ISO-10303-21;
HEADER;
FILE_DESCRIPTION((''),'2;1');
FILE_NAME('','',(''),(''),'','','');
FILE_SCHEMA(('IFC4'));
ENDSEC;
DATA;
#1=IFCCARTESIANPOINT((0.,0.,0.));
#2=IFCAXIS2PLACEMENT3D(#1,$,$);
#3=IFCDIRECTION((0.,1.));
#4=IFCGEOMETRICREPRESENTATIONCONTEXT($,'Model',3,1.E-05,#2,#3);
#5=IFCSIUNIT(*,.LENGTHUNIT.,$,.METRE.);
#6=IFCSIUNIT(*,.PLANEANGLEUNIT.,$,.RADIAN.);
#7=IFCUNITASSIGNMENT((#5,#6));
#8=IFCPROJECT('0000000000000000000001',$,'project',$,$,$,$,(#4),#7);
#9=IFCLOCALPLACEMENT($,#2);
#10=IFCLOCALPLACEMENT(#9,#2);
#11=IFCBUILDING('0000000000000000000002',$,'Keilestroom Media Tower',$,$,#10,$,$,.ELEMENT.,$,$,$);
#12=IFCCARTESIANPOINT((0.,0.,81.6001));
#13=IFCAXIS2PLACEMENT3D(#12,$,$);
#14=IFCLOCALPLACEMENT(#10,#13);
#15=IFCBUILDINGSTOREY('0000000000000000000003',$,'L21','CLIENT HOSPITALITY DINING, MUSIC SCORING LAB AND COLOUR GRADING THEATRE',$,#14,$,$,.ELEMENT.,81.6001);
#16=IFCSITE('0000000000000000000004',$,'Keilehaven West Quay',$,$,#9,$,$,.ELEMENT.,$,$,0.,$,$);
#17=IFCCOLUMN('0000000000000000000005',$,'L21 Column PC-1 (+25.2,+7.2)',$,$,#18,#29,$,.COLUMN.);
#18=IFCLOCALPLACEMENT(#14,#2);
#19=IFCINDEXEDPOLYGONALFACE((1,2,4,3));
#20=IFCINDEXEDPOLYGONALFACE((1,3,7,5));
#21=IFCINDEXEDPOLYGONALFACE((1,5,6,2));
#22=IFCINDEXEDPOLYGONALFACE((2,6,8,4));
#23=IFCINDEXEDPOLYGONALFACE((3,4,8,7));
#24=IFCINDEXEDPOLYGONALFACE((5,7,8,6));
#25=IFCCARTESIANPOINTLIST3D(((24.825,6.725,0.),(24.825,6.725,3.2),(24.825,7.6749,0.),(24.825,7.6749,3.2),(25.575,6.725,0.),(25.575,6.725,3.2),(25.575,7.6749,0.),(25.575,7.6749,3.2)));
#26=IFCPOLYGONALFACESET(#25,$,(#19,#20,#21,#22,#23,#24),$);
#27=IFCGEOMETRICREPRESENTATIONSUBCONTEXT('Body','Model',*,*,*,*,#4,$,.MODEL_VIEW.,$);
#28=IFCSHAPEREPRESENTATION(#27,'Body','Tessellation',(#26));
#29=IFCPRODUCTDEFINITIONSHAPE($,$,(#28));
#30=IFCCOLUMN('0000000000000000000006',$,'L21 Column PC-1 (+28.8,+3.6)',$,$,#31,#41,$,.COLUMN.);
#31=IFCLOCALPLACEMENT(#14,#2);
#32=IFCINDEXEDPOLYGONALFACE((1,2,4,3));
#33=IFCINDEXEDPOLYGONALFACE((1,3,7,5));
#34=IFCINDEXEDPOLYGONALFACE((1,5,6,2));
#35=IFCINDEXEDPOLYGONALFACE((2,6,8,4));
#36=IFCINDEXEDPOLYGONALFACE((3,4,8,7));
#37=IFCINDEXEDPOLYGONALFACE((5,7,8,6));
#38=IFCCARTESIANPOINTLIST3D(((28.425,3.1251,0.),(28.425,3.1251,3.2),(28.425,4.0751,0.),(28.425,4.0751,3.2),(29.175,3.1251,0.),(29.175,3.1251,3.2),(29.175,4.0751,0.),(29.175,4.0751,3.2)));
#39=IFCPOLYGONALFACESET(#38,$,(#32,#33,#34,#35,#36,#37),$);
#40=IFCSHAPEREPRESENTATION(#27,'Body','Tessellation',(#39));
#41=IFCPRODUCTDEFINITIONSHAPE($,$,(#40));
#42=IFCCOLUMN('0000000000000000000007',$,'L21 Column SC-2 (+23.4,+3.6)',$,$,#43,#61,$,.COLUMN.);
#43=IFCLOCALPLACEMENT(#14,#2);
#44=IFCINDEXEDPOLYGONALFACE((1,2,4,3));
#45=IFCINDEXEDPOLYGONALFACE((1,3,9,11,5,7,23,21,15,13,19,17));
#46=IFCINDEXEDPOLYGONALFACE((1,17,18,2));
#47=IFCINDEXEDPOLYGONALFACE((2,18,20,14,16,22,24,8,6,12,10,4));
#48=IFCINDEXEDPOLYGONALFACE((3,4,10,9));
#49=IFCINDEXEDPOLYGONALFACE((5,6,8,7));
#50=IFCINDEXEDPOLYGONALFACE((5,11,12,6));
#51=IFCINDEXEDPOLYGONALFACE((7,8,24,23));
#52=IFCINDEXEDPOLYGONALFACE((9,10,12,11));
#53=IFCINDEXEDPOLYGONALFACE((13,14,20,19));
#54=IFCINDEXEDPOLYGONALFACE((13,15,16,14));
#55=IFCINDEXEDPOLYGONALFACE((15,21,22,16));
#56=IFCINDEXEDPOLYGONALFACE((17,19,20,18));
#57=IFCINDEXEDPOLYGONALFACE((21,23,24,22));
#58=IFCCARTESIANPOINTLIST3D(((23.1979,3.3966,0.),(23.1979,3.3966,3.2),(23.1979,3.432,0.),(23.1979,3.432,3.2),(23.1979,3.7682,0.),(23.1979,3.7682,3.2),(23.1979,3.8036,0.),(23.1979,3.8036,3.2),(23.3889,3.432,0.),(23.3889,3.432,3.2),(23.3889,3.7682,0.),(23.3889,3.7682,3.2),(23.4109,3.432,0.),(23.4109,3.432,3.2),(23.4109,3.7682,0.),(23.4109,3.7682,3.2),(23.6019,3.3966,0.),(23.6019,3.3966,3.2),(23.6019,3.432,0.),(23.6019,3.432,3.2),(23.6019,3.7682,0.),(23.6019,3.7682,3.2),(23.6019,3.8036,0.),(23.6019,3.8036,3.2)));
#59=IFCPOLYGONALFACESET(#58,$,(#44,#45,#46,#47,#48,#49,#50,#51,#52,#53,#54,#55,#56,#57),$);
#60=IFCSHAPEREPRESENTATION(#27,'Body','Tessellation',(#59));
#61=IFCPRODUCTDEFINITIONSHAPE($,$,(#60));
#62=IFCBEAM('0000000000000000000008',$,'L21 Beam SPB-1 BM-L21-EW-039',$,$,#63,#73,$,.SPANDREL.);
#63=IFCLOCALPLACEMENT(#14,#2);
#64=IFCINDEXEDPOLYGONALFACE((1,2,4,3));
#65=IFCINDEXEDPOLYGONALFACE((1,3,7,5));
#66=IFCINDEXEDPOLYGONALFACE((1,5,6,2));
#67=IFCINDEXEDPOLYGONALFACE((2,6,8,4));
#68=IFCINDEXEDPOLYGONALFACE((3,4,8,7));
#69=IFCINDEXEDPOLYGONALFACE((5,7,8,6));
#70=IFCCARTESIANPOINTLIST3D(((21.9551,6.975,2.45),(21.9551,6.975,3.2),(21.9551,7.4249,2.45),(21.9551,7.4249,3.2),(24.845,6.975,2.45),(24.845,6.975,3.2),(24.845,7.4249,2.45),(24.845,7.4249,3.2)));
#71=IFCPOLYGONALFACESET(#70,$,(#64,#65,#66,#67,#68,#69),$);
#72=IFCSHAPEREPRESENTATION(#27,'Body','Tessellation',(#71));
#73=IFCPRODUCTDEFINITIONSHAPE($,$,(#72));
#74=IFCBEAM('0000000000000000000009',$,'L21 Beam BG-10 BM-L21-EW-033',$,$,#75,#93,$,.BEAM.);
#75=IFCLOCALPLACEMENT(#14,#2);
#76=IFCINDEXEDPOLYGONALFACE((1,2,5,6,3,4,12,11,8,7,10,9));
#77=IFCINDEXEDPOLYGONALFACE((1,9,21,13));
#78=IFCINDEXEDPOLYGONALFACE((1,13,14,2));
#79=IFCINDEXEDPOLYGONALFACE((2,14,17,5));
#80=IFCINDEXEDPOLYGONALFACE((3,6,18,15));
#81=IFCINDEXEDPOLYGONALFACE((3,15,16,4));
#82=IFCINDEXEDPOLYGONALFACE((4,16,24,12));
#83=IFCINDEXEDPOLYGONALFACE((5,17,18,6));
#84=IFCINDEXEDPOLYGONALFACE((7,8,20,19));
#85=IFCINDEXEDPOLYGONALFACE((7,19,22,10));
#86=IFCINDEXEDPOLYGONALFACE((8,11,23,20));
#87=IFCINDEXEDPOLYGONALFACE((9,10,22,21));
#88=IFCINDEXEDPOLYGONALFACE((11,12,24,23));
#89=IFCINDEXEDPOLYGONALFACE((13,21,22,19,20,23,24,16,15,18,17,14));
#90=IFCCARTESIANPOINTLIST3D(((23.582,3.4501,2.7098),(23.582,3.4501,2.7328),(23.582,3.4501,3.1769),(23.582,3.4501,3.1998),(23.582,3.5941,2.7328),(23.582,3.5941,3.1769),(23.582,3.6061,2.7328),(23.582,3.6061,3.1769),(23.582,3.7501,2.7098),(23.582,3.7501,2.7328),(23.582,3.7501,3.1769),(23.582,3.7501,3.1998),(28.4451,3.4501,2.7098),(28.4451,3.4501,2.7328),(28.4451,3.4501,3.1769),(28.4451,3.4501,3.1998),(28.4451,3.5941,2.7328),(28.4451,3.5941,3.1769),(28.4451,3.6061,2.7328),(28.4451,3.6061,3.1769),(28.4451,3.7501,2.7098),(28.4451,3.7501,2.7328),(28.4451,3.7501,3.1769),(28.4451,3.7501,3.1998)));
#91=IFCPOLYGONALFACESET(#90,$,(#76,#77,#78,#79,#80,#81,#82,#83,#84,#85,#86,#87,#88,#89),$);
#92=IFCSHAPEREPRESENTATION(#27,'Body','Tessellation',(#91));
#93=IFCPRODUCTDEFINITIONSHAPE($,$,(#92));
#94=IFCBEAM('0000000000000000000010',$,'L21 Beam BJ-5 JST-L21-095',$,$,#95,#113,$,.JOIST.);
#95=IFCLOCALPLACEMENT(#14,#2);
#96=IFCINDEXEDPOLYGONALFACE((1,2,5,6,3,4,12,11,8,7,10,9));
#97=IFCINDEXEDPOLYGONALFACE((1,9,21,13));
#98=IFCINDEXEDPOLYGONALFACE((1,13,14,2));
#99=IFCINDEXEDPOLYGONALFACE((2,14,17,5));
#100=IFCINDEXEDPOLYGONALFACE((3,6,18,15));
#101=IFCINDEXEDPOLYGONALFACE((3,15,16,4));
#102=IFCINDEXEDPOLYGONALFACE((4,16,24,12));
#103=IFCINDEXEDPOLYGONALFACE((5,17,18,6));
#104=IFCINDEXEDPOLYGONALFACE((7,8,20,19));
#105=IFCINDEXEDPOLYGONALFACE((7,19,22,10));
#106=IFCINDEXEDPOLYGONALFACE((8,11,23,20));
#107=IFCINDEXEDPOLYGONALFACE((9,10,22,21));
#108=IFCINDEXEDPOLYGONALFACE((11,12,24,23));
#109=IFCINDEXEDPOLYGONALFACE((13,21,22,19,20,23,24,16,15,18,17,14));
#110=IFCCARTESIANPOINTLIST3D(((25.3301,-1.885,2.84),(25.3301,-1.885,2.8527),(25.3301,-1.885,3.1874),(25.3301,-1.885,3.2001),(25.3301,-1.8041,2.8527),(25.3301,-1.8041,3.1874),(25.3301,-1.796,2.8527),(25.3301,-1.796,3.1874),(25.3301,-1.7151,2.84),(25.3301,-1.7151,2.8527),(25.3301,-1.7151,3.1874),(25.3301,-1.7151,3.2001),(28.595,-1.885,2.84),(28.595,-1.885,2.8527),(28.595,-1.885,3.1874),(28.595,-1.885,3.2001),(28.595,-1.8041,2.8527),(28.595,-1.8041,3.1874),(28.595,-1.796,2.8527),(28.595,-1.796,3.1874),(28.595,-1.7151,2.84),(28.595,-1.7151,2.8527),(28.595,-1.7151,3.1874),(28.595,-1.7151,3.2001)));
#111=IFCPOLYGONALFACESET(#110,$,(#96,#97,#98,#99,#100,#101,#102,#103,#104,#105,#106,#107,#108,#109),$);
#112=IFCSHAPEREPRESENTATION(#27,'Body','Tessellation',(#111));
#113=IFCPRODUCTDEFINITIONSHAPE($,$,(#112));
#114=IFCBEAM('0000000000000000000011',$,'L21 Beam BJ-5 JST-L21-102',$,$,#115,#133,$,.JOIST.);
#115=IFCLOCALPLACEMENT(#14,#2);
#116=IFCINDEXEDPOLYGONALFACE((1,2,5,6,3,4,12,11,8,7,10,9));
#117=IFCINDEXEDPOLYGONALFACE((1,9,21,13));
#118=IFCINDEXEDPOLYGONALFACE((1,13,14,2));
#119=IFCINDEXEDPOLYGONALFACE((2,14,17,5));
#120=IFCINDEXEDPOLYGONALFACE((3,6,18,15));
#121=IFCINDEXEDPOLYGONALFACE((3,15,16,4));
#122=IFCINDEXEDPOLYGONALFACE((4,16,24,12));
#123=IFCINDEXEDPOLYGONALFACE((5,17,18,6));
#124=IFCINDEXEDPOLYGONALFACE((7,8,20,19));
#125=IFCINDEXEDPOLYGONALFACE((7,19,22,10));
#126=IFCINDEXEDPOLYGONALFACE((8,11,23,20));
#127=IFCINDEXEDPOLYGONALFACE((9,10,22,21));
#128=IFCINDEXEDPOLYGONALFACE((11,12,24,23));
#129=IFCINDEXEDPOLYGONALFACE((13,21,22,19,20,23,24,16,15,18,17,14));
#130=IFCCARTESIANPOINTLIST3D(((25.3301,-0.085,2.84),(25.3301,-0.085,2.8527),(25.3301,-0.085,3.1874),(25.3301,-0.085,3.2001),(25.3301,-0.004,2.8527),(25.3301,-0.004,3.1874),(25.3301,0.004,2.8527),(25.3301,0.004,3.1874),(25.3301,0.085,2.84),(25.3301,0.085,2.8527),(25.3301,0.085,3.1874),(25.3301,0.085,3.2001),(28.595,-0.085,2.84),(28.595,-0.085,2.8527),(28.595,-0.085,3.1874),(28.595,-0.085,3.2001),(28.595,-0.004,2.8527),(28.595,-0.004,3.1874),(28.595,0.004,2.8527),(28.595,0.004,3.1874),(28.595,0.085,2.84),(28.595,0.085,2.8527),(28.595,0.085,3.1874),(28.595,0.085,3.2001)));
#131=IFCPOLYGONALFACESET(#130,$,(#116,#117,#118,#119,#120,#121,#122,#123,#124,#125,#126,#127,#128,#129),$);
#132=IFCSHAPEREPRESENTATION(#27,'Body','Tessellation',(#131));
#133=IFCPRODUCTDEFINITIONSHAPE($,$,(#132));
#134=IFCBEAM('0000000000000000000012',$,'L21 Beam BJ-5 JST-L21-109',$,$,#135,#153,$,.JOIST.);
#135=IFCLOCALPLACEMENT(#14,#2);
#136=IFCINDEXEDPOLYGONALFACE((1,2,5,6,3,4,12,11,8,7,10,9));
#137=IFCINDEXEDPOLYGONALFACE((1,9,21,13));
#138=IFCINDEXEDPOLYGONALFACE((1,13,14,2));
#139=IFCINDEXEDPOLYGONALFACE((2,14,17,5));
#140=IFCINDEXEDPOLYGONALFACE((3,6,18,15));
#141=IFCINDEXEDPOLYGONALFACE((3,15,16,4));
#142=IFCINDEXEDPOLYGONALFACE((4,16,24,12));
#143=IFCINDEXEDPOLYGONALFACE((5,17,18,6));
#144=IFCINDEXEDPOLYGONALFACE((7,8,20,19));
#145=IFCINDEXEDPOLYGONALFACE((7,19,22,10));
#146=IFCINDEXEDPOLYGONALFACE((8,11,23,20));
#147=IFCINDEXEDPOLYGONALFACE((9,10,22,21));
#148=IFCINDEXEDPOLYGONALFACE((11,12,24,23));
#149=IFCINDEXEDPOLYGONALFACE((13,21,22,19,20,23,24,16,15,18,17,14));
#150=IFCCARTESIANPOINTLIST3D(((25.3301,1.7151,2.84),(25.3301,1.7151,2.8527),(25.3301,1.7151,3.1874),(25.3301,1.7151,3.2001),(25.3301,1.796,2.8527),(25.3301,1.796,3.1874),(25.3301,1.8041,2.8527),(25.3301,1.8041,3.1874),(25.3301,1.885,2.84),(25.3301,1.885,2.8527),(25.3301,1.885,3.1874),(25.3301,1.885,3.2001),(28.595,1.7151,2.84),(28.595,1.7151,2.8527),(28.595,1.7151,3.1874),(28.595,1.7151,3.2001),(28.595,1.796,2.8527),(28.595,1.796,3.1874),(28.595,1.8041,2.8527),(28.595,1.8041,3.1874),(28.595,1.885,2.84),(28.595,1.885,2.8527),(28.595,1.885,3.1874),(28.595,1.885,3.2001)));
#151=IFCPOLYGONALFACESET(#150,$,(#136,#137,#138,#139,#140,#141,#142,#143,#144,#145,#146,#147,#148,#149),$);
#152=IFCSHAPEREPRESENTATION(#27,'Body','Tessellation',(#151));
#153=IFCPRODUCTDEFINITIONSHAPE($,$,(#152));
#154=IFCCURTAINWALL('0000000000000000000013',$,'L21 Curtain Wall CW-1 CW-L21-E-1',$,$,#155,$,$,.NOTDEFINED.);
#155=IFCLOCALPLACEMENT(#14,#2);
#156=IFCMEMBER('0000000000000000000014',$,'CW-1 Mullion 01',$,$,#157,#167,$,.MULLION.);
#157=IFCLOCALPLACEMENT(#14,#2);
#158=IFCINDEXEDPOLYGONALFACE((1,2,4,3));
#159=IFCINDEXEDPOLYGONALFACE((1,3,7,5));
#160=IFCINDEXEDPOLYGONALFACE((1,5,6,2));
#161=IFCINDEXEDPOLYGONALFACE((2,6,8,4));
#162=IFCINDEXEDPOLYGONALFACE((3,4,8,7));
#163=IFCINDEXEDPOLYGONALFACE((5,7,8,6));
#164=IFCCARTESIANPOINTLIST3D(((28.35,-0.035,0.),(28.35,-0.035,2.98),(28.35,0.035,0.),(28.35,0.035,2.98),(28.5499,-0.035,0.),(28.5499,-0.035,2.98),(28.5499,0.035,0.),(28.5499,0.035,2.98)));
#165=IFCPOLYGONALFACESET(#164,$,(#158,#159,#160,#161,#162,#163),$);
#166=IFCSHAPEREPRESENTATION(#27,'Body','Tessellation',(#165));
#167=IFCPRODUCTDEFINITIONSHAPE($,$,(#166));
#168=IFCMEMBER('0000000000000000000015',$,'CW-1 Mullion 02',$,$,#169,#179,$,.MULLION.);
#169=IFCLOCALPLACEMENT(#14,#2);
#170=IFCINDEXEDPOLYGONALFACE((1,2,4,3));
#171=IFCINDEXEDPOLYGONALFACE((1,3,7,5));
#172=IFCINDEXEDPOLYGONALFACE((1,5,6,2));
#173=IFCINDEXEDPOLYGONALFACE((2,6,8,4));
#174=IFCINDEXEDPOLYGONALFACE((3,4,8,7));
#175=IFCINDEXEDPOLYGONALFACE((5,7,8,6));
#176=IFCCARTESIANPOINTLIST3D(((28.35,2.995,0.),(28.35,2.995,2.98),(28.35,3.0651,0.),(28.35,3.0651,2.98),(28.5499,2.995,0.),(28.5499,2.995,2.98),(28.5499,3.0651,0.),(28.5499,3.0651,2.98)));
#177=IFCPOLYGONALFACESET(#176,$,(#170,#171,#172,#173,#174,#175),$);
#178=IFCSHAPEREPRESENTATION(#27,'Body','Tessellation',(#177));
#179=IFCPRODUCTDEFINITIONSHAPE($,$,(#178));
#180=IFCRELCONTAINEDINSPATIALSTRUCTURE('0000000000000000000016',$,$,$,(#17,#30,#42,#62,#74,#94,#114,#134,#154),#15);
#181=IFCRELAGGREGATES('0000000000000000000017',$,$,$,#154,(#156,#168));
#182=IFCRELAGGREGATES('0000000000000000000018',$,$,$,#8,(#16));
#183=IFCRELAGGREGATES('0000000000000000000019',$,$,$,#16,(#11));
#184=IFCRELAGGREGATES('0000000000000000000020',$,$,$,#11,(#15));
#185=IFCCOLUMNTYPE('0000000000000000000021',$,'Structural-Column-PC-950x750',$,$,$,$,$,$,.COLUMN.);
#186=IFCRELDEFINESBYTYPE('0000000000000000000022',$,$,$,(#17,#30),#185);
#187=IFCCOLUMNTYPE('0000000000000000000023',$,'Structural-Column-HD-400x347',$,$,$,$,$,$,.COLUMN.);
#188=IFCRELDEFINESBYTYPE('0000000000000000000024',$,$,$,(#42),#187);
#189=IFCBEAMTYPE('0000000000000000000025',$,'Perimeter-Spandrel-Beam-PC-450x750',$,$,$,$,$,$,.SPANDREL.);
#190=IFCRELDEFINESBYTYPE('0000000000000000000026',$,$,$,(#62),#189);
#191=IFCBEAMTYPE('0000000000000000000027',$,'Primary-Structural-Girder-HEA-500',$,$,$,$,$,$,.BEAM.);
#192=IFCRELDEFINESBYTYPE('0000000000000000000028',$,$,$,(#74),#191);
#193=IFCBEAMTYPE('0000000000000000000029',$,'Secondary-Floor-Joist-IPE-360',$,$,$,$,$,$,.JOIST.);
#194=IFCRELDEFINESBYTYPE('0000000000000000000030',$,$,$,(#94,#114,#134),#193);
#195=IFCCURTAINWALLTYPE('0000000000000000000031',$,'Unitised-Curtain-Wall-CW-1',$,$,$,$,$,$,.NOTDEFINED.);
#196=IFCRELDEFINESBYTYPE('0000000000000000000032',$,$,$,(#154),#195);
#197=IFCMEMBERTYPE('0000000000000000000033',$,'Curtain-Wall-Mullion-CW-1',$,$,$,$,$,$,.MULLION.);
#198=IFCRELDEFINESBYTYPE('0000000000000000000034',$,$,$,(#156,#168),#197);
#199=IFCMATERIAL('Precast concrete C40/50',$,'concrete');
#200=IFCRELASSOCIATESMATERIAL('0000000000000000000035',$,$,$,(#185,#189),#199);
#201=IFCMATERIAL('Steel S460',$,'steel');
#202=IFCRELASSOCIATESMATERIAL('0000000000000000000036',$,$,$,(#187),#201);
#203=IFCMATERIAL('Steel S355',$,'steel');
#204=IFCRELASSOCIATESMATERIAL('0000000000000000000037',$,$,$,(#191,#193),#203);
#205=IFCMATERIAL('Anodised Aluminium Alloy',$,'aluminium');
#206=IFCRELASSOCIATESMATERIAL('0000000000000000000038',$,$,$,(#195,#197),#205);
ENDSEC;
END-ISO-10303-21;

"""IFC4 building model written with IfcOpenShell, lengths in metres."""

from ifc_helpers import new_model, si_unit, direction, frame, origin, origin_2d, place, context, subcontext, project, spatial, rectangle, i_section, extrude, source, transform, mapped, material, material_profile, profile_set, type_object, element, aggregate, save


model = new_model("IFC4")

# Units and contexts
model_context = context("Model", 3, precision=1e-05, world=origin(), true_north=direction((0.0, 1.0)))
body_context = subcontext(model_context, "Body", "Model", "MODEL_VIEW")
ifc_project = project(units=[si_unit("LENGTHUNIT", "METRE"), si_unit("PLANEANGLEUNIT", "RADIAN")], contexts=[model_context])

# Site, building, storey
site_placement = place(None, origin())
site = spatial("IfcSite", under=ifc_project, at=site_placement, Name="Keilehaven West Quay", CompositionType="ELEMENT", RefElevation=0.0)
building_placement = place(site_placement, origin())
building = spatial("IfcBuilding", under=site, at=building_placement, Name="Keilestroom Media Tower", CompositionType="ELEMENT")
storey_placement = place(building_placement, frame((0.0, 0.0, 81.6001)))
storey = spatial("IfcBuildingStorey", under=building, at=storey_placement, Name="L21", Description="CLIENT HOSPITALITY DINING, MUSIC SCORING LAB AND COLOUR GRADING THEATRE", CompositionType="ELEMENT", Elevation=81.6001)

# Columns
ifc_material_1 = material(Name="Precast concrete C40/50", Category="concrete")
ifc_material_profile_1 = material_profile(ifc_material_1, rectangle(XDim=0.75, YDim=0.95, at=origin_2d()), Name="PC 950x750")
ifc_profile_set_1 = profile_set([ifc_material_profile_1], Name="Precast concrete C40/50")
column_type_1 = type_object("IfcColumnType", Name="Structural-Column-PC-950x750", PredefinedType="COLUMN", material=ifc_profile_set_1)
shared_shape_1 = source(origin(), body_context, "Body", "SweptSolid", [
    extrude(rectangle(XDim=0.75, YDim=0.95, at=origin_2d()), origin(), (0.0, 0.0, 1.0), 3.2),
])
for number, where, z_axis, x_axis, name in (
    (1, (25.2, 7.2, 0.0), (0.0, 0.0, 1.0), (1.0, 0.0, 0.0), "L21 Column PC-1 (+25.2,+7.2)"),
    (2, (28.8, 3.6001, 0.0), (0.0, 0.0, 1.0), (1.0, 0.0, 0.0), "L21 Column PC-1 (+28.8,+3.6)"),
):
    element("IfcColumn", number, at=place(storey_placement, frame(where, z_axis=z_axis, x_axis=x_axis)), inside=storey, type_object=column_type_1, Name=name, PredefinedType="COLUMN", context=body_context, shape_type="MappedRepresentation", body=[
        mapped(shared_shape_1, transform((0.0, 0.0, 0.0), x_axis=(1.0, 0.0, 0.0), y_axis=(0.0, 1.0, 0.0), z_axis=(0.0, 0.0, 1.0), scale=1.0)),
    ])
ifc_material_2 = material(Name="Steel S460", Category="steel")
ifc_material_profile_2 = material_profile(ifc_material_2, i_section(OverallWidth=0.4041, OverallDepth=0.407, WebThickness=0.022, FlangeThickness=0.0354, at=origin_2d()), Name="HD 400x347")
ifc_profile_set_2 = profile_set([ifc_material_profile_2], Name="Steel S460")
column_type_2 = type_object("IfcColumnType", Name="Structural-Column-HD-400x347", PredefinedType="COLUMN", material=ifc_profile_set_2)
shared_shape_2 = source(origin(), body_context, "Body", "SweptSolid", [
    extrude(i_section(OverallWidth=0.4041, OverallDepth=0.407, WebThickness=0.022, FlangeThickness=0.0354, at=origin_2d()), origin(), (0.0, 0.0, 1.0), 3.2),
])
column_placement = place(storey_placement, frame((23.3999, 3.6001, 0.0), z_axis=(0.0, 0.0, 1.0), x_axis=(1.0, 0.0, 0.0)))
element("IfcColumn", 3, at=column_placement, inside=storey, type_object=column_type_2, Name="L21 Column SC-2 (+23.4,+3.6)", PredefinedType="COLUMN", context=body_context, shape_type="MappedRepresentation", body=[
    mapped(shared_shape_2, transform((0.0, 0.0, 0.0), x_axis=(1.0, 0.0, 0.0), y_axis=(0.0, 1.0, 0.0), z_axis=(0.0, 0.0, 1.0), scale=1.0)),
])

# Beams
ifc_material_profile_3 = material_profile(ifc_material_1, rectangle(XDim=0.45, YDim=0.75, at=origin_2d()), Name="PC 450x750")
ifc_profile_set_3 = profile_set([ifc_material_profile_3], Name="Precast concrete C40/50")
beam_type_1 = type_object("IfcBeamType", Name="Perimeter-Spandrel-Beam-PC-450x750", PredefinedType="SPANDREL", material=ifc_profile_set_3)
shared_shape_3 = source(origin(), body_context, "Body", "SweptSolid", [
    extrude(rectangle(XDim=0.45, YDim=0.75, at=origin_2d()), origin(), (0.0, 0.0, 1.0), 2.8899),
])
beam_1_placement = place(storey_placement, frame((21.9551, 7.2, 2.825), z_axis=(1.0, 0.0, 0.0), x_axis=(0.0, 1.0, 0.0)))
element("IfcBeam", 4, at=beam_1_placement, inside=storey, type_object=beam_type_1, Name="L21 Beam SPB-1 BM-L21-EW-039", PredefinedType="SPANDREL", context=body_context, shape_type="MappedRepresentation", body=[
    mapped(shared_shape_3, transform((0.0, 0.0, 0.0), x_axis=(1.0, 0.0, 0.0), y_axis=(0.0, 1.0, 0.0), z_axis=(0.0, 0.0, 1.0), scale=1.0)),
])
ifc_material_3 = material(Name="Steel S355", Category="steel")
ifc_material_profile_4 = material_profile(ifc_material_3, i_section(OverallWidth=0.3, OverallDepth=0.49, WebThickness=0.012, FlangeThickness=0.0229, at=origin_2d()), Name="HEA 500")
ifc_profile_set_4 = profile_set([ifc_material_profile_4], Name="Steel S355")
beam_type_2 = type_object("IfcBeamType", Name="Primary-Structural-Girder-HEA-500", PredefinedType="BEAM", material=ifc_profile_set_4)
shared_shape_4 = source(origin(), body_context, "Body", "SweptSolid", [
    extrude(i_section(OverallWidth=0.3, OverallDepth=0.49, WebThickness=0.012, FlangeThickness=0.0229, at=origin_2d()), origin(), (0.0, 0.0, 1.0), 4.863),
])
beam_2_placement = place(storey_placement, frame((23.582, 3.6001, 2.9548), z_axis=(1.0, 0.0, 0.0), x_axis=(0.0, 1.0, 0.0)))
element("IfcBeam", 5, at=beam_2_placement, inside=storey, type_object=beam_type_2, Name="L21 Beam BG-10 BM-L21-EW-033", PredefinedType="BEAM", context=body_context, shape_type="MappedRepresentation", body=[
    mapped(shared_shape_4, transform((0.0, 0.0, 0.0), x_axis=(1.0, 0.0, 0.0), y_axis=(0.0, 1.0, 0.0), z_axis=(0.0, 0.0, 1.0), scale=1.0)),
])
ifc_material_profile_5 = material_profile(ifc_material_3, i_section(OverallWidth=0.1699, OverallDepth=0.3601, WebThickness=0.0081, FlangeThickness=0.0127, at=origin_2d()), Name="IPE 360")
ifc_profile_set_5 = profile_set([ifc_material_profile_5], Name="Steel S355")
beam_type_3 = type_object("IfcBeamType", Name="Secondary-Floor-Joist-IPE-360", PredefinedType="JOIST", material=ifc_profile_set_5)
shared_shape_5 = source(origin(), body_context, "Body", "SweptSolid", [
    extrude(i_section(OverallWidth=0.1699, OverallDepth=0.3601, WebThickness=0.0081, FlangeThickness=0.0127, at=origin_2d()), origin(), (0.0, 0.0, 1.0), 3.2649),
])
for number, where, z_axis, x_axis, name in (
    (6, (25.3301, -1.8, 3.02), (1.0, 0.0, 0.0), (0.0, 1.0, 0.0), "L21 Beam BJ-5 JST-L21-095"),
    (7, (25.3301, 0.0, 3.02), (1.0, 0.0, 0.0), (0.0, 1.0, 0.0), "L21 Beam BJ-5 JST-L21-102"),
    (8, (25.3301, 1.8, 3.02), (1.0, 0.0, 0.0), (0.0, 1.0, 0.0), "L21 Beam BJ-5 JST-L21-109"),
):
    element("IfcBeam", number, at=place(storey_placement, frame(where, z_axis=z_axis, x_axis=x_axis)), inside=storey, type_object=beam_type_3, Name=name, PredefinedType="JOIST", context=body_context, shape_type="MappedRepresentation", body=[
        mapped(shared_shape_5, transform((0.0, 0.0, 0.0), x_axis=(1.0, 0.0, 0.0), y_axis=(0.0, 1.0, 0.0), z_axis=(0.0, 0.0, 1.0), scale=1.0)),
    ])

# Curtain wall, members
ifc_material_4 = material(Name="Anodised Aluminium Alloy", Category="aluminium")
curtain_wall_type = type_object("IfcCurtainWallType", Name="Unitised-Curtain-Wall-CW-1", PredefinedType="NOTDEFINED", material=ifc_material_4)
curtain_wall_1_placement = place(storey_placement, origin())
curtain_wall_1 = element("IfcCurtainWall", 9, at=curtain_wall_1_placement, inside=storey, type_object=curtain_wall_type, Name="L21 Curtain Wall CW-1 CW-L21-E-1", PredefinedType="NOTDEFINED")
ifc_material_profile_6 = material_profile(ifc_material_4, rectangle(XDim=0.0701, YDim=0.2, at=origin_2d()), Name="ALU MULLION 70x200")
ifc_profile_set_6 = profile_set([ifc_material_profile_6], Name="Anodised Aluminium Alloy")
member_type_1 = type_object("IfcMemberType", Name="Curtain-Wall-Mullion-CW-1", PredefinedType="MULLION", material=ifc_profile_set_6)
shared_shape_6 = source(origin(), body_context, "Body", "SweptSolid", [
    extrude(rectangle(XDim=0.0701, YDim=0.2, at=origin_2d()), origin(), (0.0, 0.0, 1.0), 2.98),
])
member_1_placement = place(storey_placement, frame((28.45, 0.0, 0.0), z_axis=(0.0, 0.0, 1.0), x_axis=(0.0, 1.0, 0.0)))
member_1 = element("IfcMember", 10, at=member_1_placement, type_object=member_type_1, Name="CW-1 Mullion 01", PredefinedType="MULLION", context=body_context, shape_type="MappedRepresentation", body=[
    mapped(shared_shape_6, transform((0.0, 0.0, 0.0), x_axis=(1.0, 0.0, 0.0), y_axis=(0.0, 1.0, 0.0), z_axis=(0.0, 0.0, 1.0), scale=1.0)),
])
member_2_placement = place(storey_placement, frame((28.45, 3.03, 0.0), z_axis=(0.0, 0.0, 1.0), x_axis=(0.0, 1.0, 0.0)))
member_2 = element("IfcMember", 11, at=member_2_placement, type_object=member_type_1, Name="CW-1 Mullion 02", PredefinedType="MULLION", context=body_context, shape_type="MappedRepresentation", body=[
    mapped(shared_shape_6, transform((0.0, 0.0, 0.0), x_axis=(1.0, 0.0, 0.0), y_axis=(0.0, 1.0, 0.0), z_axis=(0.0, 0.0, 1.0), scale=1.0)),
])

aggregate(curtain_wall_1, [member_1, member_2])

save(model, "model.ifc")
